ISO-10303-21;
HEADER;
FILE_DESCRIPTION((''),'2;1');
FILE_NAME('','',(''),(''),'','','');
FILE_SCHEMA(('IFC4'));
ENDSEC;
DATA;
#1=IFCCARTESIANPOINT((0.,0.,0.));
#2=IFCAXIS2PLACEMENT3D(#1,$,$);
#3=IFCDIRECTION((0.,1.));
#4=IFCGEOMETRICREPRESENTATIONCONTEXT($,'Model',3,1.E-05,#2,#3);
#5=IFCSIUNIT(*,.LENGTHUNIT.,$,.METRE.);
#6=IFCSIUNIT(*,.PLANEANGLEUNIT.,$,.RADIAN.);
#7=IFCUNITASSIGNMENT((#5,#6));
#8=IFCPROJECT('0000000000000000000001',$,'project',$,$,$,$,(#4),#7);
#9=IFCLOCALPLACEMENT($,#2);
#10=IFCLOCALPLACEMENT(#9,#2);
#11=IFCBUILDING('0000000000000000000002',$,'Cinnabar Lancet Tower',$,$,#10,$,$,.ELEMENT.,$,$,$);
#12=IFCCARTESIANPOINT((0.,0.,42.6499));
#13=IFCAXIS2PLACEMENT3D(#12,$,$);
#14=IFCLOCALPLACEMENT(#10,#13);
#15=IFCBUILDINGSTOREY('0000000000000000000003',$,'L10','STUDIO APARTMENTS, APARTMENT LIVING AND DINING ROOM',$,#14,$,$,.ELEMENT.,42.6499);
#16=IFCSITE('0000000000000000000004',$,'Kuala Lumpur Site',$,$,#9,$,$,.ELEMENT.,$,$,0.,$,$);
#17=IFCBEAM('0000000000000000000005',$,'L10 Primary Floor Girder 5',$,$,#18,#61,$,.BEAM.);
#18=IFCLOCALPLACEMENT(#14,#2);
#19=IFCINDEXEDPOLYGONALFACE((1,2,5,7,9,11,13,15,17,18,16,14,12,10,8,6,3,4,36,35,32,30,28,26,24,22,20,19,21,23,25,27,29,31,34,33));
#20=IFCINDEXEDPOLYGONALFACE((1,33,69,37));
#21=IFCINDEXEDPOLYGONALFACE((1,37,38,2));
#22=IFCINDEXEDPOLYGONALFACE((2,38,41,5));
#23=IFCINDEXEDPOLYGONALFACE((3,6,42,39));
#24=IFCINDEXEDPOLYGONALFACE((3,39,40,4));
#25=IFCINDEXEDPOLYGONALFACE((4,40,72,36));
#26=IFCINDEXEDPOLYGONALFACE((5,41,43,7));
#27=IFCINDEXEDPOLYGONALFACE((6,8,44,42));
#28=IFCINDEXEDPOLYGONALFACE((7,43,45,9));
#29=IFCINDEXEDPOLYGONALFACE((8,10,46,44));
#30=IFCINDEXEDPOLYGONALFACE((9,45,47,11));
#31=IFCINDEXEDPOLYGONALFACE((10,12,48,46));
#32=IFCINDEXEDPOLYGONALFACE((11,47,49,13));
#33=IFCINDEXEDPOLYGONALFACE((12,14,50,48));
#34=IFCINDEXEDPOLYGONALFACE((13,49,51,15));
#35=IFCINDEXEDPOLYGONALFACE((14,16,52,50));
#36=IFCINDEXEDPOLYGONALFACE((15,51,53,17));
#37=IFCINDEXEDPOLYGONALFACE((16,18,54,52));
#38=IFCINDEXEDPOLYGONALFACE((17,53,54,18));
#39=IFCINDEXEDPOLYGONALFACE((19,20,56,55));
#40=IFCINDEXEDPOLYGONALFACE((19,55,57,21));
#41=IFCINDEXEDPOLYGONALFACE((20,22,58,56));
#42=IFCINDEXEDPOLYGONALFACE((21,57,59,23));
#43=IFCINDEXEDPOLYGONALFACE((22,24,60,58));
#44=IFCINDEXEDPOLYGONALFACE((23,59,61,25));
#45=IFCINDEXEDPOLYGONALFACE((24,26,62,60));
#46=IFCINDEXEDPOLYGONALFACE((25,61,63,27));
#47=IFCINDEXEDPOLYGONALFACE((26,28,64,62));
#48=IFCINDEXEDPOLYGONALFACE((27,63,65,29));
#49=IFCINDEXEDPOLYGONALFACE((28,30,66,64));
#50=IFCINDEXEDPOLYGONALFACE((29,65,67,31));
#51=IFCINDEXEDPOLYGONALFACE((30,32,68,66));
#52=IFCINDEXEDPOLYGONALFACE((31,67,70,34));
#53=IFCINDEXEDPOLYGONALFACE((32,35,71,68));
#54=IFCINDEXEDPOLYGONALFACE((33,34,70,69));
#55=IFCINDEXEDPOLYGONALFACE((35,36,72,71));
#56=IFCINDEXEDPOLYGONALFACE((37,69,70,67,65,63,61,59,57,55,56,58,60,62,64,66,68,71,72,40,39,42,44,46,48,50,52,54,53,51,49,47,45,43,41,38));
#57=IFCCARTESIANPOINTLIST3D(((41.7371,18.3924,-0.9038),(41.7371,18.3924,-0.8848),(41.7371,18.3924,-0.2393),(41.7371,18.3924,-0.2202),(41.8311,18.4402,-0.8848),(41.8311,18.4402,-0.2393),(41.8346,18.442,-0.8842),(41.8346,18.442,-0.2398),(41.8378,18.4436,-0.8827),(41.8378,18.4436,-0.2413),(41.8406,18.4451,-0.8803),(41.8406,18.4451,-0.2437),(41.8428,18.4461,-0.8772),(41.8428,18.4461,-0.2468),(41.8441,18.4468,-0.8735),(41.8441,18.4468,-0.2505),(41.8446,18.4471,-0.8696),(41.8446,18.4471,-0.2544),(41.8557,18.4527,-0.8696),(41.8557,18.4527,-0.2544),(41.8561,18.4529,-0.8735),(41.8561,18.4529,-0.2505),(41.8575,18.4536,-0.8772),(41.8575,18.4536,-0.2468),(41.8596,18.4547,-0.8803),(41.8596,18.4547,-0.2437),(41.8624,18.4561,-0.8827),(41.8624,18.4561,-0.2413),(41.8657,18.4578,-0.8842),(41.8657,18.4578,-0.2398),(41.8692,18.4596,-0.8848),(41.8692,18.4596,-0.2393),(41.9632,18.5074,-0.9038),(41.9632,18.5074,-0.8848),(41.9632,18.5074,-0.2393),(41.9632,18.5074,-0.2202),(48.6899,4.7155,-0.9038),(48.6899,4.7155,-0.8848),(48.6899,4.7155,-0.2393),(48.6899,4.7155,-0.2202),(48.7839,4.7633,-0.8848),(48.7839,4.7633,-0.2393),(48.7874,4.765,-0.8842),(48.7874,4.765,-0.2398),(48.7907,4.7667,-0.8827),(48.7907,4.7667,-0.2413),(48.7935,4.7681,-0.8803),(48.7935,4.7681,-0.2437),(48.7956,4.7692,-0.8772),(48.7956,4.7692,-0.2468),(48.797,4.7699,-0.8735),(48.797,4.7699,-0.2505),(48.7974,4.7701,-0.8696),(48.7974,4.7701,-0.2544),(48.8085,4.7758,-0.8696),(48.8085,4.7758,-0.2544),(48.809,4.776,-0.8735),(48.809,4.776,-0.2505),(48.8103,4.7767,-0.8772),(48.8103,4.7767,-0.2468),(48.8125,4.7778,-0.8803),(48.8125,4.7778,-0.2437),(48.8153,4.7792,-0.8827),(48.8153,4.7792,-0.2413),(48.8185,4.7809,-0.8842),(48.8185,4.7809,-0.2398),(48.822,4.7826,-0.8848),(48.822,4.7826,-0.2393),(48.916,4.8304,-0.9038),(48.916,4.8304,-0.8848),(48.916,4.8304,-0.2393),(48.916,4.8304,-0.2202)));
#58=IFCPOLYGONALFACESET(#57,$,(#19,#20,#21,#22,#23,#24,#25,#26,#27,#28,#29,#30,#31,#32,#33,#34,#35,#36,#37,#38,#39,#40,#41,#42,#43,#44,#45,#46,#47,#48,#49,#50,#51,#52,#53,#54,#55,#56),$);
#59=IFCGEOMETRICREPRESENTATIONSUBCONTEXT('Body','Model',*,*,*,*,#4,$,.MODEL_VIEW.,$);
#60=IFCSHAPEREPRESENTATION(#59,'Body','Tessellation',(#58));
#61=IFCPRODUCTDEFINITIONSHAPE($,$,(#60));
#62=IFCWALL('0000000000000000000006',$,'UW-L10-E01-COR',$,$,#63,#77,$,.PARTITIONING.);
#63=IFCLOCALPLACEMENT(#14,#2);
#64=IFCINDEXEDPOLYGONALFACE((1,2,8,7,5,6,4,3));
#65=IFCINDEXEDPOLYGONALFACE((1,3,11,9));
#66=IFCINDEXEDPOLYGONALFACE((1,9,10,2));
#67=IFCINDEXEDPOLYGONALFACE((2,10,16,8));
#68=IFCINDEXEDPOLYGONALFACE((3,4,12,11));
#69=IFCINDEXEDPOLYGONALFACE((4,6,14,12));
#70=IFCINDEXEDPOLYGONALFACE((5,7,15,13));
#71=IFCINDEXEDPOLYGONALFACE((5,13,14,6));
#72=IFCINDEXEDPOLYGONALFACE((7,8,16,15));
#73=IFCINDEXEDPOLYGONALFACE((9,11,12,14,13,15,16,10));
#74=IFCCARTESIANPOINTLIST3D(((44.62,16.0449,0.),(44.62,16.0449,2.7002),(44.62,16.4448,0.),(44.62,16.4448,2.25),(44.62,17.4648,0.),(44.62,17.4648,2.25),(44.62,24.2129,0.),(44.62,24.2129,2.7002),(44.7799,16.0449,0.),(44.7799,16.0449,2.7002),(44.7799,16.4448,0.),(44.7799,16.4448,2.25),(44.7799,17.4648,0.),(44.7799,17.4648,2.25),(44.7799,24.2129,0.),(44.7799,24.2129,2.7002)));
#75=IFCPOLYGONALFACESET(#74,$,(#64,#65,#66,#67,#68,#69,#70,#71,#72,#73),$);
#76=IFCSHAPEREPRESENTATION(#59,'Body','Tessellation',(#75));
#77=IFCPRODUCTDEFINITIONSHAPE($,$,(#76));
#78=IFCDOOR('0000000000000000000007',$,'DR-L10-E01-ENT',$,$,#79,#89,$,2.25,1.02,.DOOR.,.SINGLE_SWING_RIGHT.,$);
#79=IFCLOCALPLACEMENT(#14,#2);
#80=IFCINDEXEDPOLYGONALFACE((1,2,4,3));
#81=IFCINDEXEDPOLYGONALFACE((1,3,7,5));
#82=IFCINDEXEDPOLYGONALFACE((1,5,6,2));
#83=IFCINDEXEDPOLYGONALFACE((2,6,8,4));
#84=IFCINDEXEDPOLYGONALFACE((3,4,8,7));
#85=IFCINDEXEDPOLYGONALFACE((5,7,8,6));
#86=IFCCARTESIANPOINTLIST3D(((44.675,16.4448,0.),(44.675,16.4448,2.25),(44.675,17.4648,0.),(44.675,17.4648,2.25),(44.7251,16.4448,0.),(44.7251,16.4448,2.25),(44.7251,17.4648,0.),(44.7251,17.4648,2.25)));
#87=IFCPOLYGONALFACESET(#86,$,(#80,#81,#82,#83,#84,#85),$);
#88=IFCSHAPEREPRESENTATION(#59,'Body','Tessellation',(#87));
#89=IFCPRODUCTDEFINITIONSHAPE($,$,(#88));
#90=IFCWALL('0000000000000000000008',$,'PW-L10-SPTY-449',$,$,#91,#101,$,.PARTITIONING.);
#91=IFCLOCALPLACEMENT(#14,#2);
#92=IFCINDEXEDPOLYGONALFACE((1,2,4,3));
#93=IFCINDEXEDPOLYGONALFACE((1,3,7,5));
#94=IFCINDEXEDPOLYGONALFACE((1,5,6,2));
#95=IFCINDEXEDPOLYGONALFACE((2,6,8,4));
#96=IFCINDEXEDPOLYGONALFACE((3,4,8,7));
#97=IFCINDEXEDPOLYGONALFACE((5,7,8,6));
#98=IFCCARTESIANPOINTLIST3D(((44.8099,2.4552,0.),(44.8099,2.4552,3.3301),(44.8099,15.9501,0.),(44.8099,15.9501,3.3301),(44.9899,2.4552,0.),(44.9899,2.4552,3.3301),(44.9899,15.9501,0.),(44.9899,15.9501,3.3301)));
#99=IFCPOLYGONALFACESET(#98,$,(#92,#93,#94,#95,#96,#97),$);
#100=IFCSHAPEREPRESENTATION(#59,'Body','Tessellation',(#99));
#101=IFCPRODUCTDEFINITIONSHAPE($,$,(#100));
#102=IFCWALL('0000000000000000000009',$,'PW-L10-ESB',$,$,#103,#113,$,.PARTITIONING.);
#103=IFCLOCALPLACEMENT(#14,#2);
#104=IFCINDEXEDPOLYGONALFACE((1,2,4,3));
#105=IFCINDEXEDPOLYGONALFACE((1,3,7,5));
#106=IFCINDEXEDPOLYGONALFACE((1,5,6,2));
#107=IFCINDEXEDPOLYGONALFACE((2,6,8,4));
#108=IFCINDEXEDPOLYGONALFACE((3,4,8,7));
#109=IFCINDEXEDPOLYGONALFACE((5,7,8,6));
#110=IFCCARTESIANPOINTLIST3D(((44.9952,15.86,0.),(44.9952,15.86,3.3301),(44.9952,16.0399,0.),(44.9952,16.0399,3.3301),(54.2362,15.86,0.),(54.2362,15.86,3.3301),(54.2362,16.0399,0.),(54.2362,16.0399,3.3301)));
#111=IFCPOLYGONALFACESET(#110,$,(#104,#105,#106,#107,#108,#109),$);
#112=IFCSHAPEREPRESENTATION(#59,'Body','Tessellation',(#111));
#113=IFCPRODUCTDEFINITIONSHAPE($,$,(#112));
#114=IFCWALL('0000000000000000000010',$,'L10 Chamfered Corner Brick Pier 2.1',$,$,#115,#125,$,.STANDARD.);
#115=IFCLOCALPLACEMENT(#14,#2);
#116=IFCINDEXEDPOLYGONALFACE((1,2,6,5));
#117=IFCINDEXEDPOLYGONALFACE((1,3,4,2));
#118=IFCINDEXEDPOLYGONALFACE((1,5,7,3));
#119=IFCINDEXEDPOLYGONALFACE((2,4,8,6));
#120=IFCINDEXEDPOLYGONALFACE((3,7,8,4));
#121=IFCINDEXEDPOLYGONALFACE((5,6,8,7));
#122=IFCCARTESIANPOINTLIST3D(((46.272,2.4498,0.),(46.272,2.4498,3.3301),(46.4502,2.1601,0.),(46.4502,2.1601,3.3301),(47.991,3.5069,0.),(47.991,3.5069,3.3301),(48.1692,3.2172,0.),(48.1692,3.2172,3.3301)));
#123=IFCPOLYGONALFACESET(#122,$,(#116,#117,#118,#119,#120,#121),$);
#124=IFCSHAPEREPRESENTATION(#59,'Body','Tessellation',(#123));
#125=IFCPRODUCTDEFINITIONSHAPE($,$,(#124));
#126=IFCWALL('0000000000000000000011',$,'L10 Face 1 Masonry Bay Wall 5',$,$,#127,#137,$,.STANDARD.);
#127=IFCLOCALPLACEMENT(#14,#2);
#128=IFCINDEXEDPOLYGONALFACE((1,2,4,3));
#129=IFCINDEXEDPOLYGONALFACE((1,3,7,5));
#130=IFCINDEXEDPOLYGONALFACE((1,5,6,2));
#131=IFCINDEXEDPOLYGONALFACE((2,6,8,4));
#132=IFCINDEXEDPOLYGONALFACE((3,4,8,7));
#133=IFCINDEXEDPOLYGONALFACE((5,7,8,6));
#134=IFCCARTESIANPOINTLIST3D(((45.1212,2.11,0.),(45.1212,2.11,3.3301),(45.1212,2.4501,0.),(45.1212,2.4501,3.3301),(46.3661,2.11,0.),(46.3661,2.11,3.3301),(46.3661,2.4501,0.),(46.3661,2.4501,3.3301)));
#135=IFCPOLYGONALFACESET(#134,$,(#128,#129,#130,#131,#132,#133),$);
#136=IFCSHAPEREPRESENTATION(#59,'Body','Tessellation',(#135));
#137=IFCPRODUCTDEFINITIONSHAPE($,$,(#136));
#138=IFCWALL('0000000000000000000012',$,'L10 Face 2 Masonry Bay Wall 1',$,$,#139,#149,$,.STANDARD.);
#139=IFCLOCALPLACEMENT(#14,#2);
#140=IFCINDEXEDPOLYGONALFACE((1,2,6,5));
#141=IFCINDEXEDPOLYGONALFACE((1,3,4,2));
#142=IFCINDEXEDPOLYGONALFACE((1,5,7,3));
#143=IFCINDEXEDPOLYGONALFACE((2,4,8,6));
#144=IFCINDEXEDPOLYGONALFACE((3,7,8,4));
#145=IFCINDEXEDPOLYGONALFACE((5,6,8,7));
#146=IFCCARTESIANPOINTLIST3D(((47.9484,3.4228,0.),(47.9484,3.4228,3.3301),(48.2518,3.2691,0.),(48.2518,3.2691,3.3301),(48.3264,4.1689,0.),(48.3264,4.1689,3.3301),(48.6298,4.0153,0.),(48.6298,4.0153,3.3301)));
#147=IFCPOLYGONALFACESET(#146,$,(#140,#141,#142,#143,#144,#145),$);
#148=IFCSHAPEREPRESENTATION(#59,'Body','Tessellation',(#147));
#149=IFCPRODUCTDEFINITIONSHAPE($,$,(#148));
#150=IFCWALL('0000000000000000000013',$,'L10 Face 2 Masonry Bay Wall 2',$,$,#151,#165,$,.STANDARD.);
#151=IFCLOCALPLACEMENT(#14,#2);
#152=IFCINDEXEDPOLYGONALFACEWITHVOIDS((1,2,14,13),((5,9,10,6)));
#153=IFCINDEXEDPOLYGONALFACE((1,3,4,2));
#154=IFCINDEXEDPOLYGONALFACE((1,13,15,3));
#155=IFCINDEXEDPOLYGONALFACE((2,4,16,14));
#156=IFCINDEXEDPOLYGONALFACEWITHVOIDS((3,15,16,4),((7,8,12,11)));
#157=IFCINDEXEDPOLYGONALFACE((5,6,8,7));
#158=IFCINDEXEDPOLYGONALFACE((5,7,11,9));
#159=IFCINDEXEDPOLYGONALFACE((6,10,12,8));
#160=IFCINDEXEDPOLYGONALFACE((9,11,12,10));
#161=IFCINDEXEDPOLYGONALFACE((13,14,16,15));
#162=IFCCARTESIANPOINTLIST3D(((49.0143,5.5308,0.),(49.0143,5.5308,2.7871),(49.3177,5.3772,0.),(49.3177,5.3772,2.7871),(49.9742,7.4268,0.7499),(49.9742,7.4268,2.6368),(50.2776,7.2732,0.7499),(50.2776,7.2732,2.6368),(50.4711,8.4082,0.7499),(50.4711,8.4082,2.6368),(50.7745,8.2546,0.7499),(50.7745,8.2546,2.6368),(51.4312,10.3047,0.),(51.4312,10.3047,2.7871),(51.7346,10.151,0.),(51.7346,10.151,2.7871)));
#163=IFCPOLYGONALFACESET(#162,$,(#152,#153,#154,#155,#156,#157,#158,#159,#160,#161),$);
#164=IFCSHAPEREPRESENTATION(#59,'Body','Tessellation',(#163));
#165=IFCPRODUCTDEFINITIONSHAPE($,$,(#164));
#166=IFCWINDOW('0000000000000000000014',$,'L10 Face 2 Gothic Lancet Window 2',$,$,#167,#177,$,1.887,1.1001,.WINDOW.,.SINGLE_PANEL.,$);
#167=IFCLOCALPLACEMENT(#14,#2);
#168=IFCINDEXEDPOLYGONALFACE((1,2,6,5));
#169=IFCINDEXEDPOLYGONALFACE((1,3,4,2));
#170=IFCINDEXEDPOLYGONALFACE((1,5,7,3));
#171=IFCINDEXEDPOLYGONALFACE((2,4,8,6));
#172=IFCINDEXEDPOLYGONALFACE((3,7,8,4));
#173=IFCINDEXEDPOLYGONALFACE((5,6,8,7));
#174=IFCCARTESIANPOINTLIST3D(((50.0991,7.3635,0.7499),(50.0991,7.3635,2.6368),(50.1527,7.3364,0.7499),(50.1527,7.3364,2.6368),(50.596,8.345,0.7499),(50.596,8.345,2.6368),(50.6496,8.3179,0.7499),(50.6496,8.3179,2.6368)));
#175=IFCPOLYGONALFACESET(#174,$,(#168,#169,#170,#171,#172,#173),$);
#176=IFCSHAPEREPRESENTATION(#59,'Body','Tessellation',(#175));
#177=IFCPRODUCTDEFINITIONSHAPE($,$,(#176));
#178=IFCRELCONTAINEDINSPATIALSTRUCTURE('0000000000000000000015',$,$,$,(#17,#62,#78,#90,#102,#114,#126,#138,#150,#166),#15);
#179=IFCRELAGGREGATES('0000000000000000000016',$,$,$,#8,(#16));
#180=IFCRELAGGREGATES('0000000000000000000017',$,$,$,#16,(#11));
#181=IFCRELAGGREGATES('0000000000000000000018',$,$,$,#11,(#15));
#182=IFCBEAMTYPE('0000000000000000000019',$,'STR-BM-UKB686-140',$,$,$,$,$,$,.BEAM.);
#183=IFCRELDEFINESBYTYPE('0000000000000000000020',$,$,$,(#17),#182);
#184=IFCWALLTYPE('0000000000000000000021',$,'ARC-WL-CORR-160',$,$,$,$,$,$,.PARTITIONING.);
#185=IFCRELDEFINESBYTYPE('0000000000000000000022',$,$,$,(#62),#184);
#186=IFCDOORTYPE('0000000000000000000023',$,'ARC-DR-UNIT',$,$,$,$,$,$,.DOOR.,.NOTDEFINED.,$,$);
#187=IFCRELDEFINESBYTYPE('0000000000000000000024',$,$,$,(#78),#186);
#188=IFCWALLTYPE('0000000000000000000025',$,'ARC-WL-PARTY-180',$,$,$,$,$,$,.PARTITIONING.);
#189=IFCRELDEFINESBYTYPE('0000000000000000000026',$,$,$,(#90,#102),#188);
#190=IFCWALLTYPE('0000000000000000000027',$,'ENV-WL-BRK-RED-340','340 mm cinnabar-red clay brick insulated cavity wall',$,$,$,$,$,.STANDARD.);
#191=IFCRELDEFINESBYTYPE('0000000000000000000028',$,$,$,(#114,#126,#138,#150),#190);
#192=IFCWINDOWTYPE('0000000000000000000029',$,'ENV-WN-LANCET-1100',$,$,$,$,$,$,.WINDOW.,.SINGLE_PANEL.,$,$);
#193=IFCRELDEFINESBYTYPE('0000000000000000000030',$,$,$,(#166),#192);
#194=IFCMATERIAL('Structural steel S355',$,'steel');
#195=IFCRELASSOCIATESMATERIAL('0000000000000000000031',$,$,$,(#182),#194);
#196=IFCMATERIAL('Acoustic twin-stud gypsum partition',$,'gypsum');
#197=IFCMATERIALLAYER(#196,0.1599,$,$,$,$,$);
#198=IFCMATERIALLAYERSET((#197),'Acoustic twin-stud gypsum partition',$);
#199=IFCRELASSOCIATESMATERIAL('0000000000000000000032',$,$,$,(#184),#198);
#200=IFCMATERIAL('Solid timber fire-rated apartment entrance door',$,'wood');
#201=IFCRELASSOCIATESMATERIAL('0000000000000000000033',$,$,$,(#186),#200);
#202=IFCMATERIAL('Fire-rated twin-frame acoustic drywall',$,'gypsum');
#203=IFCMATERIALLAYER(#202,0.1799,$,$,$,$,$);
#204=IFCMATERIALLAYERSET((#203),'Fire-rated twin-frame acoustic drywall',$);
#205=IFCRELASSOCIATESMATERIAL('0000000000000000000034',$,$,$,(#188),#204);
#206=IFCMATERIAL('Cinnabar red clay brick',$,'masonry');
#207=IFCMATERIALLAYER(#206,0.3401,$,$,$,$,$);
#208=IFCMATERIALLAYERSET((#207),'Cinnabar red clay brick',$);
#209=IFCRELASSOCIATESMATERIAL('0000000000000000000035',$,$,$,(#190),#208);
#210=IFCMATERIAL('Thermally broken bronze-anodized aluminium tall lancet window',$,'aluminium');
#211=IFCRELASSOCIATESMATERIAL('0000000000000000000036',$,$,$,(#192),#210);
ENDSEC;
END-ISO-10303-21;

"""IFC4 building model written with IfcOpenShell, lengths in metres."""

from ifc_helpers import new_model, si_unit, direction, frame, frame_2d, origin, origin_2d, place, context, subcontext, project, spatial, rectangle, i_section, extrude, material, layer, layer_set, material_profile, profile_set, type_object, element, fill, save


model = new_model("IFC4")

# Units and contexts
model_context = context("Model", 3, precision=1e-05, world=origin(), true_north=direction((0.0, 1.0)))
body_context = subcontext(model_context, "Body", "Model", "MODEL_VIEW")
ifc_project = project(units=[si_unit("LENGTHUNIT", "METRE"), si_unit("PLANEANGLEUNIT", "RADIAN")], contexts=[model_context])

# Site, building, storey
site_placement = place(None, origin())
site = spatial("IfcSite", under=ifc_project, at=site_placement, Name="Kuala Lumpur Site", CompositionType="ELEMENT", RefElevation=0.0)
building_placement = place(site_placement, origin())
building = spatial("IfcBuilding", under=site, at=building_placement, Name="Cinnabar Lancet Tower", CompositionType="ELEMENT")
storey_placement = place(building_placement, frame((0.0, 0.0, 42.6499)))
storey = spatial("IfcBuildingStorey", under=building, at=storey_placement, Name="L10", Description="STUDIO APARTMENTS, APARTMENT LIVING AND DINING ROOM", CompositionType="ELEMENT", Elevation=42.6499)

# Beam
ifc_material_1 = material(Name="Structural steel S355", Category="steel")
ifc_material_profile_1 = material_profile(ifc_material_1, i_section(OverallWidth=0.2537, OverallDepth=0.6836, WebThickness=0.0125, FlangeThickness=0.019, FilletRadius=0.0151, at=origin_2d()), Name="UKB 686x254x140")
ifc_profile_set_1 = profile_set([ifc_material_profile_1], Name="Structural steel S355")
beam_type_1 = type_object("IfcBeamType", Name="STR-BM-UKB686-140", PredefinedType="BEAM", material=ifc_profile_set_1)
beam_1_placement = place(storey_placement, frame((48.803, 4.7729, -0.562), z_axis=(-0.453168, 0.891425, 0.0), x_axis=(-0.891425, -0.453168, 0.0)))
element("IfcBeam", 1, at=beam_1_placement, inside=storey, type_object=beam_type_1, Name="L10 Primary Floor Girder 5", PredefinedType="BEAM", context=body_context, shape_type="SweptSolid", body=[
    extrude(i_section(OverallWidth=0.2537, OverallDepth=0.6836, WebThickness=0.0125, FlangeThickness=0.019, FilletRadius=0.0151, at=origin_2d()), origin(), (0.0, 0.0, 1.0), 15.3428),
])

# Wall, opening, door
ifc_material_2 = material(Name="Acoustic twin-stud gypsum partition", Category="gypsum")
ifc_layer_1 = layer(ifc_material_2, 0.1599)
ifc_layer_set_1 = layer_set([ifc_layer_1], Name="Acoustic twin-stud gypsum partition")
wall_type_1 = type_object("IfcWallType", Name="ARC-WL-CORR-160", PredefinedType="PARTITIONING", material=ifc_layer_set_1)
wall_1_placement = place(storey_placement, frame((44.7, 16.0449, 0.0), z_axis=(0.0, 0.0, 1.0), x_axis=(0.0, 1.0, 0.0)))
wall_1 = element("IfcWall", 2, at=wall_1_placement, inside=storey, type_object=wall_type_1, Name="UW-L10-E01-COR", PredefinedType="PARTITIONING", context=body_context, shape_type="SweptSolid", body=[
    extrude(rectangle(XDim=8.168, YDim=0.1599, at=frame_2d((4.084, 0.0))), origin(), (0.0, 0.0, 1.0), 2.7002),
])
opening_1_placement = place(wall_1_placement, frame((0.3999, 0.0, 0.0)))
opening_1 = element("IfcOpeningElement", 3, at=opening_1_placement, cuts=wall_1, PredefinedType="OPENING", context=body_context, shape_type="SweptSolid", body=[
    extrude(rectangle(XDim=1.02, YDim=2.25, at=frame_2d((0.51, 1.125))), frame((0.0, 0.0898, 0.0), z_axis=(0.0, -1.0, 0.0), x_axis=(1.0, 0.0, 0.0)), (0.0, 0.0, 1.0), 0.1799),
])
ifc_material_3 = material(Name="Solid timber fire-rated apartment entrance door", Category="wood")
door_type = type_object("IfcDoorType", Name="ARC-DR-UNIT", OperationType="NOTDEFINED", PredefinedType="DOOR", material=ifc_material_3)
door_placement = place(opening_1_placement, origin())
door = element("IfcDoor", 4, at=door_placement, inside=storey, type_object=door_type, Name="DR-L10-E01-ENT", OperationType="SINGLE_SWING_RIGHT", OverallHeight=2.25, OverallWidth=1.02, PredefinedType="DOOR", context=body_context, shape_type="SweptSolid", body=[
    extrude(rectangle(XDim=1.02, YDim=2.25, at=frame_2d((0.51, 1.125))), frame((0.0, 0.0249, 0.0), z_axis=(0.0, -1.0, 0.0), x_axis=(1.0, 0.0, 0.0)), (0.0, 0.0, 1.0), 0.05),
])
fill(opening_1, door)

# Walls
ifc_material_4 = material(Name="Fire-rated twin-frame acoustic drywall", Category="gypsum")
ifc_layer_2 = layer(ifc_material_4, 0.1799)
ifc_layer_set_2 = layer_set([ifc_layer_2], Name="Fire-rated twin-frame acoustic drywall")
wall_type_2 = type_object("IfcWallType", Name="ARC-WL-PARTY-180", PredefinedType="PARTITIONING", material=ifc_layer_set_2)
wall_2_placement = place(storey_placement, frame((44.8999, 2.4551, 0.0), z_axis=(0.0, 0.0, 1.0), x_axis=(0.0, 1.0, 0.0)))
element("IfcWall", 5, at=wall_2_placement, inside=storey, type_object=wall_type_2, Name="PW-L10-SPTY-449", PredefinedType="PARTITIONING", context=body_context, shape_type="SweptSolid", body=[
    extrude(rectangle(XDim=13.4949, YDim=0.1799, at=frame_2d((6.7476, 0.0))), origin(), (0.0, 0.0, 1.0), 3.3301),
])
wall_3_placement = place(storey_placement, frame((44.9951, 15.95, 0.0), z_axis=(0.0, 0.0, 1.0), x_axis=(1.0, 0.0, 0.0)))
element("IfcWall", 6, at=wall_3_placement, inside=storey, type_object=wall_type_2, Name="PW-L10-ESB", PredefinedType="PARTITIONING", context=body_context, shape_type="SweptSolid", body=[
    extrude(rectangle(XDim=9.241, YDim=0.1799, at=frame_2d((4.6206, 0.0))), origin(), (0.0, 0.0, 1.0), 3.3301),
])
ifc_material_5 = material(Name="Cinnabar red clay brick", Category="masonry")
ifc_layer_3 = layer(ifc_material_5, 0.3401)
ifc_layer_set_3 = layer_set([ifc_layer_3], Name="Cinnabar red clay brick")
wall_type_3 = type_object("IfcWallType", Name="ENV-WL-BRK-RED-340", Description="340 mm cinnabar-red clay brick insulated cavity wall", PredefinedType="STANDARD", material=ifc_layer_set_3)
wall_4_placement = place(storey_placement, frame((46.3611, 2.3049, 0.0), z_axis=(0.0, 0.0, 1.0), x_axis=(0.851816, 0.523841, 0.0)))
element("IfcWall", 7, at=wall_4_placement, inside=storey, type_object=wall_type_3, Name="L10 Chamfered Corner Brick Pier 2.1", PredefinedType="STANDARD", context=body_context, shape_type="SweptSolid", body=[
    extrude(rectangle(XDim=2.0181, YDim=0.3401, at=frame_2d((1.009, 0.0))), origin(), (0.0, 0.0, 1.0), 3.3301),
])
wall_5_placement = place(storey_placement, frame((45.1211, 2.28, 0.0), z_axis=(0.0, 0.0, 1.0), x_axis=(1.0, 0.0, 0.0)))
element("IfcWall", 8, at=wall_5_placement, inside=storey, type_object=wall_type_3, Name="L10 Face 1 Masonry Bay Wall 5", PredefinedType="STANDARD", context=body_context, shape_type="SweptSolid", body=[
    extrude(rectangle(XDim=1.2449, YDim=0.3401, at=frame_2d((0.6226, 0.0))), origin(), (0.0, 0.0, 1.0), 3.3301),
])
wall_6_placement = place(storey_placement, frame((48.1001, 3.3459, 0.0), z_axis=(0.0, 0.0, 1.0), x_axis=(0.451878, 0.89208, 0.0)))
element("IfcWall", 9, at=wall_6_placement, inside=storey, type_object=wall_type_3, Name="L10 Face 2 Masonry Bay Wall 1", PredefinedType="STANDARD", context=body_context, shape_type="SweptSolid", body=[
    extrude(rectangle(XDim=0.8364, YDim=0.3401, at=frame_2d((0.4182, 0.0))), origin(), (0.0, 0.0, 1.0), 3.3301),
])

# Wall, opening, window
wall_7_placement = place(storey_placement, frame((49.166, 5.4541, 0.0), z_axis=(0.0, 0.0, 1.0), x_axis=(0.451698, 0.892171, 0.0)))
wall_7 = element("IfcWall", 10, at=wall_7_placement, inside=storey, type_object=wall_type_3, Name="L10 Face 2 Masonry Bay Wall 2", PredefinedType="STANDARD", context=body_context, shape_type="SweptSolid", body=[
    extrude(rectangle(XDim=5.3508, YDim=0.3401, at=frame_2d((2.6753, 0.0))), origin(), (0.0, 0.0, 1.0), 2.7871),
])
opening_2_placement = place(wall_7_placement, frame((2.125, 0.0, 0.75)))
opening_2 = element("IfcOpeningElement", 11, at=opening_2_placement, cuts=wall_7, PredefinedType="OPENING", context=body_context, shape_type="SweptSolid", body=[
    extrude(rectangle(XDim=1.1001, YDim=1.887, at=frame_2d((0.55, 0.9434))), frame((0.0, 0.1799, 0.0), z_axis=(0.0, -1.0, 0.0), x_axis=(1.0, 0.0, 0.0)), (0.0, 0.0, 1.0), 0.3601),
])
ifc_material_6 = material(Name="Thermally broken bronze-anodized aluminium tall lancet window", Category="aluminium")
window_type = type_object("IfcWindowType", Name="ENV-WN-LANCET-1100", PartitioningType="SINGLE_PANEL", PredefinedType="WINDOW", material=ifc_material_6)
window_1_placement = place(opening_2_placement, origin())
window_1 = element("IfcWindow", 12, at=window_1_placement, inside=storey, type_object=window_type, Name="L10 Face 2 Gothic Lancet Window 2", OverallHeight=1.887, OverallWidth=1.1001, PartitioningType="SINGLE_PANEL", PredefinedType="WINDOW", context=body_context, shape_type="SweptSolid", body=[
    extrude(rectangle(XDim=1.1001, YDim=1.887, at=frame_2d((0.55, 0.9434))), frame((0.0, 0.03, 0.0), z_axis=(0.0, -1.0, 0.0), x_axis=(1.0, 0.0, 0.0)), (0.0, 0.0, 1.0), 0.0601),
])
fill(opening_2, window_1)

save(model, "model.ifc")
